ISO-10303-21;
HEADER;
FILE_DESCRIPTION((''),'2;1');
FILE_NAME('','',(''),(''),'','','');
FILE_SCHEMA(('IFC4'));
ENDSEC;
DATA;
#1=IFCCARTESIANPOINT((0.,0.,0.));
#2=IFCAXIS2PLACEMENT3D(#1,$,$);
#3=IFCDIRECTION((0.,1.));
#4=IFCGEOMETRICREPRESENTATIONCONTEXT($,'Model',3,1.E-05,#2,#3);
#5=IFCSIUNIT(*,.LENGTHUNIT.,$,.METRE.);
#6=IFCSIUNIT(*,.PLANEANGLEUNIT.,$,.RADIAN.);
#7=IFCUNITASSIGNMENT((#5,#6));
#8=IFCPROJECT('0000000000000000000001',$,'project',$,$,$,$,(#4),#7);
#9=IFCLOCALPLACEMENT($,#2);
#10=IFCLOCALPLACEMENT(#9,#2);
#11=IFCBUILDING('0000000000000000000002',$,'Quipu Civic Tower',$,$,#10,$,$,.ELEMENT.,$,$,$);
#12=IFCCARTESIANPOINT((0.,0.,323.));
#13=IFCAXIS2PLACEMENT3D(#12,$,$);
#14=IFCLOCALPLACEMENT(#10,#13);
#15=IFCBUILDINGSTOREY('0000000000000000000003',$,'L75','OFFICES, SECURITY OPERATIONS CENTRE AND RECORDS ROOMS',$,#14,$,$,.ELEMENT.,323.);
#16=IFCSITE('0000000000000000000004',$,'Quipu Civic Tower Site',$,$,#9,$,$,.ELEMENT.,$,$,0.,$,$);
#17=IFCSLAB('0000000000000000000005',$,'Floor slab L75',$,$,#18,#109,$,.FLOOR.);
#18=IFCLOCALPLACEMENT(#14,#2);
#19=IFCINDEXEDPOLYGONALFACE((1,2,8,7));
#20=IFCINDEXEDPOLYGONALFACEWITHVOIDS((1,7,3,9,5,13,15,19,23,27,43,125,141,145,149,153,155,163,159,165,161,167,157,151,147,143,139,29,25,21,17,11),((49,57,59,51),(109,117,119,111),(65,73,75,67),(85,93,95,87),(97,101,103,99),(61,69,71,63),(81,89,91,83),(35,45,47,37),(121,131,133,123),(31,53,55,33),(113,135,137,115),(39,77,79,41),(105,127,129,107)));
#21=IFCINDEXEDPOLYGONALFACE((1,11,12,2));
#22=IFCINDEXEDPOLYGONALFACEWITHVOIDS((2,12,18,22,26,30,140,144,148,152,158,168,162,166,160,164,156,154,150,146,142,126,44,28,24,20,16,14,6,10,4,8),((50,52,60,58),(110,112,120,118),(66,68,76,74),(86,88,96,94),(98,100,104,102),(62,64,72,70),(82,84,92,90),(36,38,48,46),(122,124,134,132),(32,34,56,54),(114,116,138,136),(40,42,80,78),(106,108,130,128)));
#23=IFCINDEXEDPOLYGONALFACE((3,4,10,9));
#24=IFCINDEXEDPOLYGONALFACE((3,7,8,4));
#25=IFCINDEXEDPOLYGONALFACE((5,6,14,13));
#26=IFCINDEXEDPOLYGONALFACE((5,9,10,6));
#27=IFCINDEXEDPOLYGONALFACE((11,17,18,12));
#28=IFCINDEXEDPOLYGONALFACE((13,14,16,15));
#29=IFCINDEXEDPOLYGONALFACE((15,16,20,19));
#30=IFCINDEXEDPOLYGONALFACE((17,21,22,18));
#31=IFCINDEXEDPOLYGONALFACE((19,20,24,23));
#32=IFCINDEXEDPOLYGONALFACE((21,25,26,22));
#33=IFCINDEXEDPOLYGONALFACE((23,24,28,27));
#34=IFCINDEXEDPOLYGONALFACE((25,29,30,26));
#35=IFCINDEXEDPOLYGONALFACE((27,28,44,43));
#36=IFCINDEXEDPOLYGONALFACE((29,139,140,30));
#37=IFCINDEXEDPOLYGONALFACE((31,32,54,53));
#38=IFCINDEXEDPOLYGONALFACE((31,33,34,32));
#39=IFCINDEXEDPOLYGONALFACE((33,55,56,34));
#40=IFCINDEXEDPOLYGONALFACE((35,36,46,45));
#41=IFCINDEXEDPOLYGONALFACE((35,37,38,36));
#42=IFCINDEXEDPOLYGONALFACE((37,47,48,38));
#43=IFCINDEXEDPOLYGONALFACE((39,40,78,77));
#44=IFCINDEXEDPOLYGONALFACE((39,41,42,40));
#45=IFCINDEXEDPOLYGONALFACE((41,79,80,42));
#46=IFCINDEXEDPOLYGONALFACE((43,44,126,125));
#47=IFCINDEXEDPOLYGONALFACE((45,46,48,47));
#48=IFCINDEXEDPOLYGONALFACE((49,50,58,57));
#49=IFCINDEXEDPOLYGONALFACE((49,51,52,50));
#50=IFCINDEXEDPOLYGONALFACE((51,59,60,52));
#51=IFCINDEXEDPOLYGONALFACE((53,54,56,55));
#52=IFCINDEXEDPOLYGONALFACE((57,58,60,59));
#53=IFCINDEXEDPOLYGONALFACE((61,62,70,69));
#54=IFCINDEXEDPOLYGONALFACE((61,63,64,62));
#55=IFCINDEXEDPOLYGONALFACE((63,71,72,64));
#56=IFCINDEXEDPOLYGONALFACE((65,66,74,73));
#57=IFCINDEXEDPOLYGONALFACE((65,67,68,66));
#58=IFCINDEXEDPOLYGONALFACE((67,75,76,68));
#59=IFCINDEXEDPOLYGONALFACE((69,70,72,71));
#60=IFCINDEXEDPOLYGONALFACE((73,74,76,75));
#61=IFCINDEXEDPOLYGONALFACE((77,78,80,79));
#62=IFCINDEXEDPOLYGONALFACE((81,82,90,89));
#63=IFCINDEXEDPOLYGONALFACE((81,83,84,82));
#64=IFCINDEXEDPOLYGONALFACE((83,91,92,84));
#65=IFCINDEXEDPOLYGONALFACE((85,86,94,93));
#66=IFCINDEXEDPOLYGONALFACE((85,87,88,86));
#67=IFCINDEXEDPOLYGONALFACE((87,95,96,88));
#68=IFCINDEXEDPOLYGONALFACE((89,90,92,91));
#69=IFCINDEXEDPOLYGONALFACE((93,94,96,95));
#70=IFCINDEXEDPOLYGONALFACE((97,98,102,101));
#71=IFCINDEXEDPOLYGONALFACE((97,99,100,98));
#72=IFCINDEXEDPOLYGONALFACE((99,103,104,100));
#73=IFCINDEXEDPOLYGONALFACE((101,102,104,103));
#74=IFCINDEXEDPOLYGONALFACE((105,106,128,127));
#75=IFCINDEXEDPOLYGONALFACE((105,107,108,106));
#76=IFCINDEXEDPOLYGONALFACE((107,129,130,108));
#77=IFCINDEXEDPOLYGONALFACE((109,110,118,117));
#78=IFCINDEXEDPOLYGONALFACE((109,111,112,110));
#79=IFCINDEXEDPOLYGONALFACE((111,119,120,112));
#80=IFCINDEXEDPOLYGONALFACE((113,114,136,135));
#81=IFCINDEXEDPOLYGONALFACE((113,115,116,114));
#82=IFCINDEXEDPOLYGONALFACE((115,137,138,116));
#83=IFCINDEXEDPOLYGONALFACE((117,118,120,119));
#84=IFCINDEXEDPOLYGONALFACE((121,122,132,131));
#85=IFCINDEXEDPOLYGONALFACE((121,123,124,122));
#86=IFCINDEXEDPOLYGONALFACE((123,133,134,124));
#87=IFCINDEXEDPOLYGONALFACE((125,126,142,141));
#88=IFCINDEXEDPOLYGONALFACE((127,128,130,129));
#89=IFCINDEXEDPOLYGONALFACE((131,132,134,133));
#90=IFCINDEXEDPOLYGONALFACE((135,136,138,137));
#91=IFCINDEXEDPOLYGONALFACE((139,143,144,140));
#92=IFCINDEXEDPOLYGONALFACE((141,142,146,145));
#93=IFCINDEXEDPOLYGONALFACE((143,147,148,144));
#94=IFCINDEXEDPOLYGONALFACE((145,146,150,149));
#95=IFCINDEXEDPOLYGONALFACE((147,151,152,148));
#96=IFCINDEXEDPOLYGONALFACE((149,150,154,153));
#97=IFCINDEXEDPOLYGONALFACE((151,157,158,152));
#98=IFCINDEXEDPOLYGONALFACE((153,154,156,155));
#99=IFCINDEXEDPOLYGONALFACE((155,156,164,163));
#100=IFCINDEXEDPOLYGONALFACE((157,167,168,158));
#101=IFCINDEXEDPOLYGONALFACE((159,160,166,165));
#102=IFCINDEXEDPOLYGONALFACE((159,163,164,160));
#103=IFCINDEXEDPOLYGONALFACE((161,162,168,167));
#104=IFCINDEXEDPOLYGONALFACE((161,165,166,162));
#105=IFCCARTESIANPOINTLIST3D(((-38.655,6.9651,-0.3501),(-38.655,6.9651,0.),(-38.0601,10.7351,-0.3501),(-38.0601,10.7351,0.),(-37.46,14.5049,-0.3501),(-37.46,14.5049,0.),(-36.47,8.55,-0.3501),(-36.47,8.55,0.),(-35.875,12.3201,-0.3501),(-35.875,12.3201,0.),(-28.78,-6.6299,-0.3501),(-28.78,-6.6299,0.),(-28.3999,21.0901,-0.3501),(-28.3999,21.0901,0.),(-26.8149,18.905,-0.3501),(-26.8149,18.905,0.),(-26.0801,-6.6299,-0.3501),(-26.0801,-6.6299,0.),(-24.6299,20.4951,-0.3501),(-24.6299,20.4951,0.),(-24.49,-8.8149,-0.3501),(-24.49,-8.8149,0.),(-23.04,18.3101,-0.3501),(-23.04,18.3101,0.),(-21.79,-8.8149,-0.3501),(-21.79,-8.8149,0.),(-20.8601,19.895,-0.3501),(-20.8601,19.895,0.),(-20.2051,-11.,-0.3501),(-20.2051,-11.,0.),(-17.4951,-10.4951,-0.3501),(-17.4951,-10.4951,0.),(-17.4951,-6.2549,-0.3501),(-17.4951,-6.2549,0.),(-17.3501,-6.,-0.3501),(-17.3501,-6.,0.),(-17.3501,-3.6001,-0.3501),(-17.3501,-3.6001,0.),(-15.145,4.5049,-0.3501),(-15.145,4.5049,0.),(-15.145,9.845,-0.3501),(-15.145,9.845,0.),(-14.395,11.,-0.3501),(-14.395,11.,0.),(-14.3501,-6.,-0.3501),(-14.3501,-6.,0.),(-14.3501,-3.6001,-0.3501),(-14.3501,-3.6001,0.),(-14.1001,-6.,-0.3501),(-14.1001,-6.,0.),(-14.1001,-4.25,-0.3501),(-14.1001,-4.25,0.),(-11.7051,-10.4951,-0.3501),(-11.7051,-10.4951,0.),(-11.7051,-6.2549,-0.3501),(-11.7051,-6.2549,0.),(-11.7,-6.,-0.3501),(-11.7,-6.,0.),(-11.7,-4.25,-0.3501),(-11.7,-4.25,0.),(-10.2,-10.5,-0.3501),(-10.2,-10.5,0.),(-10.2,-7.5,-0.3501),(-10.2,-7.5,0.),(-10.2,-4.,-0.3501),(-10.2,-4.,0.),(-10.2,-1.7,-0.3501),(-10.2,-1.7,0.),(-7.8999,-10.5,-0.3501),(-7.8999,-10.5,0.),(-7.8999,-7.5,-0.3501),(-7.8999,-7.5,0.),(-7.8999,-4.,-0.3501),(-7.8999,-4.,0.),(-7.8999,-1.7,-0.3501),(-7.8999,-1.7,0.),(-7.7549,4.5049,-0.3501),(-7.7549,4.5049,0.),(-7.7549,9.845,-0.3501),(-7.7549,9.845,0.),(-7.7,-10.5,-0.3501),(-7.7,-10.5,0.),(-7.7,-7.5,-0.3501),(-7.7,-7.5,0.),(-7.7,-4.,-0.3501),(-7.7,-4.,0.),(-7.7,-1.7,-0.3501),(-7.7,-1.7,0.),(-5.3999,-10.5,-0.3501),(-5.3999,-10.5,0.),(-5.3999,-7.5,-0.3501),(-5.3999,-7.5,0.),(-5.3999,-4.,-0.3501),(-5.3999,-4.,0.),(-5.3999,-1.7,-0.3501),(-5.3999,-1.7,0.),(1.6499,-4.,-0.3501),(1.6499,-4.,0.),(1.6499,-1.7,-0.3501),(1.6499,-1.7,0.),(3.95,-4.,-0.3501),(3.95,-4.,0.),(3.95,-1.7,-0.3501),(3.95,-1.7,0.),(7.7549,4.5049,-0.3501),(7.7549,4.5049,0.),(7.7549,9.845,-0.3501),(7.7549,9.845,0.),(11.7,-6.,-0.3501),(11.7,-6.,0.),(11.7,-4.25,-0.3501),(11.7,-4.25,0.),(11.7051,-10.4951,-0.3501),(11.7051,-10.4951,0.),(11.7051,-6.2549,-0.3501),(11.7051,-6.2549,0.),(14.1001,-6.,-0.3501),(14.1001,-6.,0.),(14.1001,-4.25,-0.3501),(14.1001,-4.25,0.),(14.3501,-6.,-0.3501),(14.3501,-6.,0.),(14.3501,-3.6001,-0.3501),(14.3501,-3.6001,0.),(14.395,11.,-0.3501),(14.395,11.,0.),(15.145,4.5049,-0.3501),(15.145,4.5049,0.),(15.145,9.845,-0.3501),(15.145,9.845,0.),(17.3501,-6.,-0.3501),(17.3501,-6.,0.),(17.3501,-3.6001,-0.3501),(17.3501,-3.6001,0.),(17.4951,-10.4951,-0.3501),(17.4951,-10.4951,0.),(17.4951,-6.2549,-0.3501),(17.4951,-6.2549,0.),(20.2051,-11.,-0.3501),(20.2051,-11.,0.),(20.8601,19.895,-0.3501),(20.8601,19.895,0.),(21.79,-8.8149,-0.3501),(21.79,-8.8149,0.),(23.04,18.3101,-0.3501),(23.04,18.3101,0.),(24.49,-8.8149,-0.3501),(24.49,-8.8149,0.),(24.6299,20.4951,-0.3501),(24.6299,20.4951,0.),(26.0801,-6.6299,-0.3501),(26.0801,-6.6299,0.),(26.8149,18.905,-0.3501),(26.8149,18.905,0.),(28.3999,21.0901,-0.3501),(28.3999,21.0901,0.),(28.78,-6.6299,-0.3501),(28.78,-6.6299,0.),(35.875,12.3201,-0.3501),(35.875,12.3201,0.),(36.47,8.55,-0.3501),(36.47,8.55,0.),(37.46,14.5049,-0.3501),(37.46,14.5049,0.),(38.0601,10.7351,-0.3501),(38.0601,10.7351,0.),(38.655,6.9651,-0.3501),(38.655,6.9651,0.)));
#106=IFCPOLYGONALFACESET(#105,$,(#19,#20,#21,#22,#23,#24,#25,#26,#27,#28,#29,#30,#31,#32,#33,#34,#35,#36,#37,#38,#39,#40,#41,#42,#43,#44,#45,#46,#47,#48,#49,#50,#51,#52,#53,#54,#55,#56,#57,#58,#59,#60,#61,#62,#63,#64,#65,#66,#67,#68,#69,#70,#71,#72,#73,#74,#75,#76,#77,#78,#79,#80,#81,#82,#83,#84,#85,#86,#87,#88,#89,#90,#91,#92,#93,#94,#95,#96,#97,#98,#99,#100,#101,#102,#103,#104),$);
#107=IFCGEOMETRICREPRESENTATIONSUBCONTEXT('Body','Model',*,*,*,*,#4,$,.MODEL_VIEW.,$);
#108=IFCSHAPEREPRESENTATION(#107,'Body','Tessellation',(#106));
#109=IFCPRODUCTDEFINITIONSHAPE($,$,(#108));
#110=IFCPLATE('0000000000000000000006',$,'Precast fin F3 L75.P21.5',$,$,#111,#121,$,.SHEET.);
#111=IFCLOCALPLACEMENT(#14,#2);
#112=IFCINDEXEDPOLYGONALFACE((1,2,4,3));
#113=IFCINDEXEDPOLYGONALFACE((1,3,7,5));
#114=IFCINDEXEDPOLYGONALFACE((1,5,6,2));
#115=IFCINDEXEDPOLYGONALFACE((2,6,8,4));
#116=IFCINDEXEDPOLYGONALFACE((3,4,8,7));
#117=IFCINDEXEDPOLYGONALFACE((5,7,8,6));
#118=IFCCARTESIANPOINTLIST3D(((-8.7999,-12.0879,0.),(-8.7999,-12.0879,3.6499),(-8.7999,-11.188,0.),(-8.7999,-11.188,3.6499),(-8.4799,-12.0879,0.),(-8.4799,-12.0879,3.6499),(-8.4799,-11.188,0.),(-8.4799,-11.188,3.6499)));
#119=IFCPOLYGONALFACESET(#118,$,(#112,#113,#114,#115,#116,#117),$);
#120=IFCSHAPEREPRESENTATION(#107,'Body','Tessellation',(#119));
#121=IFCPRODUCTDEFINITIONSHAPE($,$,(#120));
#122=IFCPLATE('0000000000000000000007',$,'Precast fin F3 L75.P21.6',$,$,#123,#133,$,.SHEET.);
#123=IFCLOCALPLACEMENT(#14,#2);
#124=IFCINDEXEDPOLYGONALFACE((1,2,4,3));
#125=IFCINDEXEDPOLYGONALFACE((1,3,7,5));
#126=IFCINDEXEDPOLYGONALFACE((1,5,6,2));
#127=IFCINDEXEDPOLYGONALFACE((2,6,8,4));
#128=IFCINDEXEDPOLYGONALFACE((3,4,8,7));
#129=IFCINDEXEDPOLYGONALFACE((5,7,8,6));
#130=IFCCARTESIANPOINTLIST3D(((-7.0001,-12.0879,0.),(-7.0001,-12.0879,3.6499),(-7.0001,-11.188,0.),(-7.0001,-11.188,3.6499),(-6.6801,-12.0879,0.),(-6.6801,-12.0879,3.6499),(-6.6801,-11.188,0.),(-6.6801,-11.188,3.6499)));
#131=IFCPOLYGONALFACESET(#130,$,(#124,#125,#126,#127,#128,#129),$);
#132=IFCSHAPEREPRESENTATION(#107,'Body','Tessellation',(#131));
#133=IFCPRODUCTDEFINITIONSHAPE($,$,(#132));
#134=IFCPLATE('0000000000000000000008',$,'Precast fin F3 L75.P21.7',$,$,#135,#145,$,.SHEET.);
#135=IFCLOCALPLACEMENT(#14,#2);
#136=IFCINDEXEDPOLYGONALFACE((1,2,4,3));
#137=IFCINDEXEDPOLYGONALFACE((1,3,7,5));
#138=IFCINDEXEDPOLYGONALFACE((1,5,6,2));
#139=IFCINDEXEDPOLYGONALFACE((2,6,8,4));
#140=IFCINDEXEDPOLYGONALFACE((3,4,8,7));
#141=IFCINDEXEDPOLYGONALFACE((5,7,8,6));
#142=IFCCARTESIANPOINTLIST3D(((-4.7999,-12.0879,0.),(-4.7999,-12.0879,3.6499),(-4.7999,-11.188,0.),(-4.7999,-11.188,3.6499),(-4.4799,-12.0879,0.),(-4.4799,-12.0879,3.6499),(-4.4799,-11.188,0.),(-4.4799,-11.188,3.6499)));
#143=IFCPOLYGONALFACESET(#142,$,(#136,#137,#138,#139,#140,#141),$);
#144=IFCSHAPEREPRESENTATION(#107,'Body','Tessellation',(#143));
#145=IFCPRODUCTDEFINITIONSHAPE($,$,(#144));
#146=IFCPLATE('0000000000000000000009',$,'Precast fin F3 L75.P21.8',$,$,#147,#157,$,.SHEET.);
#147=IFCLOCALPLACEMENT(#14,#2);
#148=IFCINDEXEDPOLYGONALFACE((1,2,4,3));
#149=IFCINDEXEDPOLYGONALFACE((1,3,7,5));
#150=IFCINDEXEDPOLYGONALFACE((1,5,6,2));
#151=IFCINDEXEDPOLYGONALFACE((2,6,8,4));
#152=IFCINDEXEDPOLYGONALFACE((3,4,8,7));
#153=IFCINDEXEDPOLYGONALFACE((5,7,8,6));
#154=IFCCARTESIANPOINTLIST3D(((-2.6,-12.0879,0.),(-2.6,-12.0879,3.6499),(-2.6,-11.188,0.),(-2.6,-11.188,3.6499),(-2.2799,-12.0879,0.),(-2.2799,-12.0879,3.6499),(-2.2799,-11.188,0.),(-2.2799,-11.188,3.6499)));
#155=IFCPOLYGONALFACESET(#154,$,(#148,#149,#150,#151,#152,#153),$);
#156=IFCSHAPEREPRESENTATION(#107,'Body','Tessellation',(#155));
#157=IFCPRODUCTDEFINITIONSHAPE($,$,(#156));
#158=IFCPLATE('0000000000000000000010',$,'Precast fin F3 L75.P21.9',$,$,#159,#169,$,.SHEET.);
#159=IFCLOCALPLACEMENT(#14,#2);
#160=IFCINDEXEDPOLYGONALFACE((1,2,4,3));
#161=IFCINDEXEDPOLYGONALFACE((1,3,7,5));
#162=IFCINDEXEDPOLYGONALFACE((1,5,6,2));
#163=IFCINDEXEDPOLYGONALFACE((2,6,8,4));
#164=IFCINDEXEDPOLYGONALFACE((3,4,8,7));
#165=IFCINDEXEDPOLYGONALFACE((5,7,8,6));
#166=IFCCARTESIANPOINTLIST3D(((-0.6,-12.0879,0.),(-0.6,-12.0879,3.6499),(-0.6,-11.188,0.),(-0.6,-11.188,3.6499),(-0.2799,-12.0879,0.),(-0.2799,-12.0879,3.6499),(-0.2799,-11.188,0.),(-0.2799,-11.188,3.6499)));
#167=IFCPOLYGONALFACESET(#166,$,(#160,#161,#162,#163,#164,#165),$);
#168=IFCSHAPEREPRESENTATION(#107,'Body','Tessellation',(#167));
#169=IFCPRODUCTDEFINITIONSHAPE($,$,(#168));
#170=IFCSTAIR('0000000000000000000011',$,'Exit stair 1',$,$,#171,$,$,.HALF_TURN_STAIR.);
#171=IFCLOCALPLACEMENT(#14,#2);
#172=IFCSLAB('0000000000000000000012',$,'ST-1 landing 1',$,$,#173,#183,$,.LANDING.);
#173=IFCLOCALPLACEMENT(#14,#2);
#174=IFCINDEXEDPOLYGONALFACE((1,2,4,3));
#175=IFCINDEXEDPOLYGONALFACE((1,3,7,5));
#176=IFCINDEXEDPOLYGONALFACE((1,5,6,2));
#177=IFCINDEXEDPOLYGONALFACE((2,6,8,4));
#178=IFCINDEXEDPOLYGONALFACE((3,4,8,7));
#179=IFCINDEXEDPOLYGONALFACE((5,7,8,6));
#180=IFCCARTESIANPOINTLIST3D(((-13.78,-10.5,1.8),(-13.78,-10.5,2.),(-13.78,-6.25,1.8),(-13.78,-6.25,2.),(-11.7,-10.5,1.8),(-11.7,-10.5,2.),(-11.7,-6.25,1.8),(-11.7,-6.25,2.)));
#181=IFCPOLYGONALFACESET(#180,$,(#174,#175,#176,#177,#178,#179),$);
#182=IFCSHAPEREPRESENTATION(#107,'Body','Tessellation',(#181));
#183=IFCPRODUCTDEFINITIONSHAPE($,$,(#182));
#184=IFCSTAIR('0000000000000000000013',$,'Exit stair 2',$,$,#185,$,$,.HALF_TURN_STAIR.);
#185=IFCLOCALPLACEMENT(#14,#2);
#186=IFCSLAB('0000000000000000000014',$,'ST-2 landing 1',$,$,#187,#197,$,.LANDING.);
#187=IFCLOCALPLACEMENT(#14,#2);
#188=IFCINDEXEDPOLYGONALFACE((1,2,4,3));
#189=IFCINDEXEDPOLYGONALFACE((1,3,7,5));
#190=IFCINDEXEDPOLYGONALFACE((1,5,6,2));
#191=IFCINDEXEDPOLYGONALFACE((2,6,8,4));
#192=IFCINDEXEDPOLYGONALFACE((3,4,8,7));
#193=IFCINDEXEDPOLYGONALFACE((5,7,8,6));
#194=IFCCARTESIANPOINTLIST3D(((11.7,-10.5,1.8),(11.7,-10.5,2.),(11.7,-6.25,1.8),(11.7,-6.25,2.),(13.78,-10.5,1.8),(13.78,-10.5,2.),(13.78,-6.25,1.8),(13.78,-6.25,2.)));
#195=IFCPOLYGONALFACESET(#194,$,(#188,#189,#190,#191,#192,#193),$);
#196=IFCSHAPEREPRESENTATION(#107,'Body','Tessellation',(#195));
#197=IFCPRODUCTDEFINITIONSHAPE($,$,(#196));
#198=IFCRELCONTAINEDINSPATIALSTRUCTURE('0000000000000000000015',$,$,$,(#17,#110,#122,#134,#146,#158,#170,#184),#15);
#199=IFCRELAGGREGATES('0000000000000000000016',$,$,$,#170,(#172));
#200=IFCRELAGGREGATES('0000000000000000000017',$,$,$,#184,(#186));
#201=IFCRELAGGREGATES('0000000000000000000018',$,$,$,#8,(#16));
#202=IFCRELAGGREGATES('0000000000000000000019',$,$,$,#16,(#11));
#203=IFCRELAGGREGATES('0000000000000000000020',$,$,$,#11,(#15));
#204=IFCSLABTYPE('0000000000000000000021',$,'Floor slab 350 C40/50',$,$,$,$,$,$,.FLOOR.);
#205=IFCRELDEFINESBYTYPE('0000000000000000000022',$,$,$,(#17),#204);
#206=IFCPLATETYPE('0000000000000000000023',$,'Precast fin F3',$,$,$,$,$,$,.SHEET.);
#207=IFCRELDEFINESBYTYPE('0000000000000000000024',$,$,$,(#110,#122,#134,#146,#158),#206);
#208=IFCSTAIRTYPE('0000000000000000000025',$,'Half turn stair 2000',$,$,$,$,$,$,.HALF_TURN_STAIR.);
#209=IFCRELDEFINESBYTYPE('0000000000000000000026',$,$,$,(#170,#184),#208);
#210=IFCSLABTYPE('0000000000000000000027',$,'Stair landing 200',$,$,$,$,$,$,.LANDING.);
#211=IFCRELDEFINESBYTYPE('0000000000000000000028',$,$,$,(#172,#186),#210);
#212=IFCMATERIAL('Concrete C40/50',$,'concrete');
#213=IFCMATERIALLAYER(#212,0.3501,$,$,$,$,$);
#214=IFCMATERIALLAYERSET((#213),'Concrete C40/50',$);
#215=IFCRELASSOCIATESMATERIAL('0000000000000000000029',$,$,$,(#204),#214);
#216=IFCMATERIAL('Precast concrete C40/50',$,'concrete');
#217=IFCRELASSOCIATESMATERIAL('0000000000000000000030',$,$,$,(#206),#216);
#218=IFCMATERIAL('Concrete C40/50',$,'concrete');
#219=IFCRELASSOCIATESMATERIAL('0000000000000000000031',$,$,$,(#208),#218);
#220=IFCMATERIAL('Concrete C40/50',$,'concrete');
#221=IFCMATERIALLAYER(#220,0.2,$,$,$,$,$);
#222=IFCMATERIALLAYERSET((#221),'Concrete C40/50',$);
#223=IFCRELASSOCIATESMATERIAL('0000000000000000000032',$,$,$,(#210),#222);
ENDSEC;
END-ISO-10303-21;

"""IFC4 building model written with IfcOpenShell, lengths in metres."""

from ifc_helpers import new_model, si_unit, direction, frame, origin, origin_2d, place, context, subcontext, project, spatial, polyline, rectangle, outline, extrude, material, layer, layer_set, type_object, element, aggregate, save


model = new_model("IFC4")

# Units and contexts
model_context = context("Model", 3, precision=1e-05, world=origin(), true_north=direction((0.0, 1.0)))
body_context = subcontext(model_context, "Body", "Model", "MODEL_VIEW")
ifc_project = project(units=[si_unit("LENGTHUNIT", "METRE"), si_unit("PLANEANGLEUNIT", "RADIAN")], contexts=[model_context])

# Site, building, storey
site_placement = place(None, origin())
site = spatial("IfcSite", under=ifc_project, at=site_placement, Name="Quipu Civic Tower Site", CompositionType="ELEMENT", RefElevation=0.0)
building_placement = place(site_placement, origin())
building = spatial("IfcBuilding", under=site, at=building_placement, Name="Quipu Civic Tower", CompositionType="ELEMENT")
storey_placement = place(building_placement, frame((0.0, 0.0, 323.0)))
storey = spatial("IfcBuildingStorey", under=building, at=storey_placement, Name="L75", Description="OFFICES, SECURITY OPERATIONS CENTRE AND RECORDS ROOMS", CompositionType="ELEMENT", Elevation=323.0)

# Slab
ifc_material_1 = material(Name="Concrete C40/50", Category="concrete")
ifc_layer_1 = layer(ifc_material_1, 0.3501)
ifc_layer_set_1 = layer_set([ifc_layer_1], Name="Concrete C40/50")
slab_type_1 = type_object("IfcSlabType", Name="Floor slab 350 C40/50", PredefinedType="FLOOR", material=ifc_layer_set_1)
slab_1_placement = place(storey_placement, frame((0.0, 0.0, -0.3501)))
element("IfcSlab", 1, at=slab_1_placement, inside=storey, type_object=slab_type_1, Name="Floor slab L75", PredefinedType="FLOOR", context=body_context, shape_type="SweptSolid", body=[
    extrude(outline(polyline([(20.8601, 19.895), (23.04, 18.3101), (24.6299, 20.4951), (26.8149, 18.905), (28.3999, 21.0901), (37.46, 14.5049), (35.875, 12.3201), (38.0601, 10.7351), (36.47, 8.55), (38.655, 6.9651), (28.78, -6.6299), (26.0801, -6.6299), (24.49, -8.8149), (21.79, -8.8149), (20.2051, -11.0), (-20.2051, -11.0), (-21.79, -8.8149), (-24.49, -8.8149), (-26.0801, -6.6299), (-28.78, -6.6299), (-38.655, 6.9651), (-36.47, 8.55), (-38.0601, 10.7351), (-35.875, 12.3201), (-37.46, 14.5049), (-28.3999, 21.0901), (-26.8149, 18.905), (-24.6299, 20.4951), (-23.04, 18.3101), (-20.8601, 19.895), (-14.395, 11.0), (14.395, 11.0), (20.8601, 19.895)]), holes=[polyline([(-10.2, -10.5), (-7.8999, -10.5), (-7.8999, -7.5), (-10.2, -7.5), (-10.2, -10.5)]), polyline([(-7.7, -7.5), (-7.7, -10.5), (-5.3999, -10.5), (-5.3999, -7.5), (-7.7, -7.5)]), polyline([(-11.7051, -6.2549), (-17.4951, -6.2549), (-17.4951, -10.4951), (-11.7051, -10.4951), (-11.7051, -6.2549)]), polyline([(-14.1001, -6.0), (-11.7, -6.0), (-11.7, -4.25), (-14.1001, -4.25), (-14.1001, -6.0)]), polyline([(-17.3501, -3.6001), (-17.3501, -6.0), (-14.3501, -6.0), (-14.3501, -3.6001), (-17.3501, -3.6001)]), polyline([(-10.2, -1.7), (-10.2, -4.0), (-7.8999, -4.0), (-7.8999, -1.7), (-10.2, -1.7)]), polyline([(-15.145, 9.845), (-15.145, 4.5049), (-7.7549, 4.5049), (-7.7549, 9.845), (-15.145, 9.845)]), polyline([(11.7051, -10.4951), (17.4951, -10.4951), (17.4951, -6.2549), (11.7051, -6.2549), (11.7051, -10.4951)]), polyline([(11.7, -4.25), (11.7, -6.0), (14.1001, -6.0), (14.1001, -4.25), (11.7, -4.25)]), polyline([(14.3501, -3.6001), (14.3501, -6.0), (17.3501, -6.0), (17.3501, -3.6001), (14.3501, -3.6001)]), polyline([(-7.7, -1.7), (-7.7, -4.0), (-5.3999, -4.0), (-5.3999, -1.7), (-7.7, -1.7)]), polyline([(1.6499, -1.7), (1.6499, -4.0), (3.95, -4.0), (3.95, -1.7), (1.6499, -1.7)]), polyline([(7.7549, 4.5049), (15.145, 4.5049), (15.145, 9.845), (7.7549, 9.845), (7.7549, 4.5049)])]), origin(), (0.0, 0.0, 1.0), 0.3501),
])

# Plates
ifc_material_2 = material(Name="Precast concrete C40/50", Category="concrete")
plate_type = type_object("IfcPlateType", Name="Precast fin F3", PredefinedType="SHEET", material=ifc_material_2)
for number, where, z_axis, x_axis, name in (
    (2, (-8.6399, -11.6379, 0.0), (0.0, 0.0, 1.0), (1.0, 0.0, 0.0), "Precast fin F3 L75.P21.5"),
    (3, (-6.8401, -11.6379, 0.0), (0.0, 0.0, 1.0), (1.0, 0.0, 0.0), "Precast fin F3 L75.P21.6"),
    (4, (-4.6399, -11.6379, 0.0), (0.0, 0.0, 1.0), (1.0, 0.0, 0.0), "Precast fin F3 L75.P21.7"),
    (5, (-2.4399, -11.6379, 0.0), (0.0, 0.0, 1.0), (1.0, 0.0, 0.0), "Precast fin F3 L75.P21.8"),
    (6, (-0.4399, -11.6379, 0.0), (0.0, 0.0, 1.0), (1.0, 0.0, 0.0), "Precast fin F3 L75.P21.9"),
):
    element("IfcPlate", number, at=place(storey_placement, frame(where, z_axis=z_axis, x_axis=x_axis)), inside=storey, type_object=plate_type, Name=name, PredefinedType="SHEET", context=body_context, shape_type="SweptSolid", body=[
        extrude(rectangle(XDim=0.3201, YDim=0.8999, at=origin_2d()), origin(), (0.0, 0.0, 1.0), 3.6499),
    ])

# Stairs, slabs
ifc_material_3 = material(Name="Concrete C40/50", Category="concrete")
stair_type_1 = type_object("IfcStairType", Name="Half turn stair 2000", PredefinedType="HALF_TURN_STAIR", material=ifc_material_3)
stair_1_placement = place(storey_placement, origin())
stair_1 = element("IfcStair", 7, at=stair_1_placement, inside=storey, type_object=stair_type_1, Name="Exit stair 1", PredefinedType="HALF_TURN_STAIR")
ifc_material_4 = material(Name="Concrete C40/50", Category="concrete")
ifc_layer_2 = layer(ifc_material_4, 0.2)
ifc_layer_set_2 = layer_set([ifc_layer_2], Name="Concrete C40/50")
slab_type_2 = type_object("IfcSlabType", Name="Stair landing 200", PredefinedType="LANDING", material=ifc_layer_set_2)
slab_2_placement = place(storey_placement, frame((0.0, 0.0, 1.8)))
slab_2 = element("IfcSlab", 8, at=slab_2_placement, type_object=slab_type_2, Name="ST-1 landing 1", PredefinedType="LANDING", context=body_context, shape_type="SweptSolid", body=[
    extrude(outline(polyline([(-13.78, -10.5), (-11.7, -10.5), (-11.7, -6.25), (-13.78, -6.25), (-13.78, -10.5)])), origin(), (0.0, 0.0, 1.0), 0.2),
])
aggregate(stair_1, [slab_2])
stair_2_placement = place(storey_placement, origin())
stair_2 = element("IfcStair", 9, at=stair_2_placement, inside=storey, type_object=stair_type_1, Name="Exit stair 2", PredefinedType="HALF_TURN_STAIR")
slab_3_placement = place(storey_placement, frame((0.0, 0.0, 1.8)))
slab_3 = element("IfcSlab", 10, at=slab_3_placement, type_object=slab_type_2, Name="ST-2 landing 1", PredefinedType="LANDING", context=body_context, shape_type="SweptSolid", body=[
    extrude(outline(polyline([(13.78, -6.25), (11.7, -6.25), (11.7, -10.5), (13.78, -10.5), (13.78, -6.25)])), origin(), (0.0, 0.0, 1.0), 0.2),
])
aggregate(stair_2, [slab_3])

save(model, "model.ifc")
